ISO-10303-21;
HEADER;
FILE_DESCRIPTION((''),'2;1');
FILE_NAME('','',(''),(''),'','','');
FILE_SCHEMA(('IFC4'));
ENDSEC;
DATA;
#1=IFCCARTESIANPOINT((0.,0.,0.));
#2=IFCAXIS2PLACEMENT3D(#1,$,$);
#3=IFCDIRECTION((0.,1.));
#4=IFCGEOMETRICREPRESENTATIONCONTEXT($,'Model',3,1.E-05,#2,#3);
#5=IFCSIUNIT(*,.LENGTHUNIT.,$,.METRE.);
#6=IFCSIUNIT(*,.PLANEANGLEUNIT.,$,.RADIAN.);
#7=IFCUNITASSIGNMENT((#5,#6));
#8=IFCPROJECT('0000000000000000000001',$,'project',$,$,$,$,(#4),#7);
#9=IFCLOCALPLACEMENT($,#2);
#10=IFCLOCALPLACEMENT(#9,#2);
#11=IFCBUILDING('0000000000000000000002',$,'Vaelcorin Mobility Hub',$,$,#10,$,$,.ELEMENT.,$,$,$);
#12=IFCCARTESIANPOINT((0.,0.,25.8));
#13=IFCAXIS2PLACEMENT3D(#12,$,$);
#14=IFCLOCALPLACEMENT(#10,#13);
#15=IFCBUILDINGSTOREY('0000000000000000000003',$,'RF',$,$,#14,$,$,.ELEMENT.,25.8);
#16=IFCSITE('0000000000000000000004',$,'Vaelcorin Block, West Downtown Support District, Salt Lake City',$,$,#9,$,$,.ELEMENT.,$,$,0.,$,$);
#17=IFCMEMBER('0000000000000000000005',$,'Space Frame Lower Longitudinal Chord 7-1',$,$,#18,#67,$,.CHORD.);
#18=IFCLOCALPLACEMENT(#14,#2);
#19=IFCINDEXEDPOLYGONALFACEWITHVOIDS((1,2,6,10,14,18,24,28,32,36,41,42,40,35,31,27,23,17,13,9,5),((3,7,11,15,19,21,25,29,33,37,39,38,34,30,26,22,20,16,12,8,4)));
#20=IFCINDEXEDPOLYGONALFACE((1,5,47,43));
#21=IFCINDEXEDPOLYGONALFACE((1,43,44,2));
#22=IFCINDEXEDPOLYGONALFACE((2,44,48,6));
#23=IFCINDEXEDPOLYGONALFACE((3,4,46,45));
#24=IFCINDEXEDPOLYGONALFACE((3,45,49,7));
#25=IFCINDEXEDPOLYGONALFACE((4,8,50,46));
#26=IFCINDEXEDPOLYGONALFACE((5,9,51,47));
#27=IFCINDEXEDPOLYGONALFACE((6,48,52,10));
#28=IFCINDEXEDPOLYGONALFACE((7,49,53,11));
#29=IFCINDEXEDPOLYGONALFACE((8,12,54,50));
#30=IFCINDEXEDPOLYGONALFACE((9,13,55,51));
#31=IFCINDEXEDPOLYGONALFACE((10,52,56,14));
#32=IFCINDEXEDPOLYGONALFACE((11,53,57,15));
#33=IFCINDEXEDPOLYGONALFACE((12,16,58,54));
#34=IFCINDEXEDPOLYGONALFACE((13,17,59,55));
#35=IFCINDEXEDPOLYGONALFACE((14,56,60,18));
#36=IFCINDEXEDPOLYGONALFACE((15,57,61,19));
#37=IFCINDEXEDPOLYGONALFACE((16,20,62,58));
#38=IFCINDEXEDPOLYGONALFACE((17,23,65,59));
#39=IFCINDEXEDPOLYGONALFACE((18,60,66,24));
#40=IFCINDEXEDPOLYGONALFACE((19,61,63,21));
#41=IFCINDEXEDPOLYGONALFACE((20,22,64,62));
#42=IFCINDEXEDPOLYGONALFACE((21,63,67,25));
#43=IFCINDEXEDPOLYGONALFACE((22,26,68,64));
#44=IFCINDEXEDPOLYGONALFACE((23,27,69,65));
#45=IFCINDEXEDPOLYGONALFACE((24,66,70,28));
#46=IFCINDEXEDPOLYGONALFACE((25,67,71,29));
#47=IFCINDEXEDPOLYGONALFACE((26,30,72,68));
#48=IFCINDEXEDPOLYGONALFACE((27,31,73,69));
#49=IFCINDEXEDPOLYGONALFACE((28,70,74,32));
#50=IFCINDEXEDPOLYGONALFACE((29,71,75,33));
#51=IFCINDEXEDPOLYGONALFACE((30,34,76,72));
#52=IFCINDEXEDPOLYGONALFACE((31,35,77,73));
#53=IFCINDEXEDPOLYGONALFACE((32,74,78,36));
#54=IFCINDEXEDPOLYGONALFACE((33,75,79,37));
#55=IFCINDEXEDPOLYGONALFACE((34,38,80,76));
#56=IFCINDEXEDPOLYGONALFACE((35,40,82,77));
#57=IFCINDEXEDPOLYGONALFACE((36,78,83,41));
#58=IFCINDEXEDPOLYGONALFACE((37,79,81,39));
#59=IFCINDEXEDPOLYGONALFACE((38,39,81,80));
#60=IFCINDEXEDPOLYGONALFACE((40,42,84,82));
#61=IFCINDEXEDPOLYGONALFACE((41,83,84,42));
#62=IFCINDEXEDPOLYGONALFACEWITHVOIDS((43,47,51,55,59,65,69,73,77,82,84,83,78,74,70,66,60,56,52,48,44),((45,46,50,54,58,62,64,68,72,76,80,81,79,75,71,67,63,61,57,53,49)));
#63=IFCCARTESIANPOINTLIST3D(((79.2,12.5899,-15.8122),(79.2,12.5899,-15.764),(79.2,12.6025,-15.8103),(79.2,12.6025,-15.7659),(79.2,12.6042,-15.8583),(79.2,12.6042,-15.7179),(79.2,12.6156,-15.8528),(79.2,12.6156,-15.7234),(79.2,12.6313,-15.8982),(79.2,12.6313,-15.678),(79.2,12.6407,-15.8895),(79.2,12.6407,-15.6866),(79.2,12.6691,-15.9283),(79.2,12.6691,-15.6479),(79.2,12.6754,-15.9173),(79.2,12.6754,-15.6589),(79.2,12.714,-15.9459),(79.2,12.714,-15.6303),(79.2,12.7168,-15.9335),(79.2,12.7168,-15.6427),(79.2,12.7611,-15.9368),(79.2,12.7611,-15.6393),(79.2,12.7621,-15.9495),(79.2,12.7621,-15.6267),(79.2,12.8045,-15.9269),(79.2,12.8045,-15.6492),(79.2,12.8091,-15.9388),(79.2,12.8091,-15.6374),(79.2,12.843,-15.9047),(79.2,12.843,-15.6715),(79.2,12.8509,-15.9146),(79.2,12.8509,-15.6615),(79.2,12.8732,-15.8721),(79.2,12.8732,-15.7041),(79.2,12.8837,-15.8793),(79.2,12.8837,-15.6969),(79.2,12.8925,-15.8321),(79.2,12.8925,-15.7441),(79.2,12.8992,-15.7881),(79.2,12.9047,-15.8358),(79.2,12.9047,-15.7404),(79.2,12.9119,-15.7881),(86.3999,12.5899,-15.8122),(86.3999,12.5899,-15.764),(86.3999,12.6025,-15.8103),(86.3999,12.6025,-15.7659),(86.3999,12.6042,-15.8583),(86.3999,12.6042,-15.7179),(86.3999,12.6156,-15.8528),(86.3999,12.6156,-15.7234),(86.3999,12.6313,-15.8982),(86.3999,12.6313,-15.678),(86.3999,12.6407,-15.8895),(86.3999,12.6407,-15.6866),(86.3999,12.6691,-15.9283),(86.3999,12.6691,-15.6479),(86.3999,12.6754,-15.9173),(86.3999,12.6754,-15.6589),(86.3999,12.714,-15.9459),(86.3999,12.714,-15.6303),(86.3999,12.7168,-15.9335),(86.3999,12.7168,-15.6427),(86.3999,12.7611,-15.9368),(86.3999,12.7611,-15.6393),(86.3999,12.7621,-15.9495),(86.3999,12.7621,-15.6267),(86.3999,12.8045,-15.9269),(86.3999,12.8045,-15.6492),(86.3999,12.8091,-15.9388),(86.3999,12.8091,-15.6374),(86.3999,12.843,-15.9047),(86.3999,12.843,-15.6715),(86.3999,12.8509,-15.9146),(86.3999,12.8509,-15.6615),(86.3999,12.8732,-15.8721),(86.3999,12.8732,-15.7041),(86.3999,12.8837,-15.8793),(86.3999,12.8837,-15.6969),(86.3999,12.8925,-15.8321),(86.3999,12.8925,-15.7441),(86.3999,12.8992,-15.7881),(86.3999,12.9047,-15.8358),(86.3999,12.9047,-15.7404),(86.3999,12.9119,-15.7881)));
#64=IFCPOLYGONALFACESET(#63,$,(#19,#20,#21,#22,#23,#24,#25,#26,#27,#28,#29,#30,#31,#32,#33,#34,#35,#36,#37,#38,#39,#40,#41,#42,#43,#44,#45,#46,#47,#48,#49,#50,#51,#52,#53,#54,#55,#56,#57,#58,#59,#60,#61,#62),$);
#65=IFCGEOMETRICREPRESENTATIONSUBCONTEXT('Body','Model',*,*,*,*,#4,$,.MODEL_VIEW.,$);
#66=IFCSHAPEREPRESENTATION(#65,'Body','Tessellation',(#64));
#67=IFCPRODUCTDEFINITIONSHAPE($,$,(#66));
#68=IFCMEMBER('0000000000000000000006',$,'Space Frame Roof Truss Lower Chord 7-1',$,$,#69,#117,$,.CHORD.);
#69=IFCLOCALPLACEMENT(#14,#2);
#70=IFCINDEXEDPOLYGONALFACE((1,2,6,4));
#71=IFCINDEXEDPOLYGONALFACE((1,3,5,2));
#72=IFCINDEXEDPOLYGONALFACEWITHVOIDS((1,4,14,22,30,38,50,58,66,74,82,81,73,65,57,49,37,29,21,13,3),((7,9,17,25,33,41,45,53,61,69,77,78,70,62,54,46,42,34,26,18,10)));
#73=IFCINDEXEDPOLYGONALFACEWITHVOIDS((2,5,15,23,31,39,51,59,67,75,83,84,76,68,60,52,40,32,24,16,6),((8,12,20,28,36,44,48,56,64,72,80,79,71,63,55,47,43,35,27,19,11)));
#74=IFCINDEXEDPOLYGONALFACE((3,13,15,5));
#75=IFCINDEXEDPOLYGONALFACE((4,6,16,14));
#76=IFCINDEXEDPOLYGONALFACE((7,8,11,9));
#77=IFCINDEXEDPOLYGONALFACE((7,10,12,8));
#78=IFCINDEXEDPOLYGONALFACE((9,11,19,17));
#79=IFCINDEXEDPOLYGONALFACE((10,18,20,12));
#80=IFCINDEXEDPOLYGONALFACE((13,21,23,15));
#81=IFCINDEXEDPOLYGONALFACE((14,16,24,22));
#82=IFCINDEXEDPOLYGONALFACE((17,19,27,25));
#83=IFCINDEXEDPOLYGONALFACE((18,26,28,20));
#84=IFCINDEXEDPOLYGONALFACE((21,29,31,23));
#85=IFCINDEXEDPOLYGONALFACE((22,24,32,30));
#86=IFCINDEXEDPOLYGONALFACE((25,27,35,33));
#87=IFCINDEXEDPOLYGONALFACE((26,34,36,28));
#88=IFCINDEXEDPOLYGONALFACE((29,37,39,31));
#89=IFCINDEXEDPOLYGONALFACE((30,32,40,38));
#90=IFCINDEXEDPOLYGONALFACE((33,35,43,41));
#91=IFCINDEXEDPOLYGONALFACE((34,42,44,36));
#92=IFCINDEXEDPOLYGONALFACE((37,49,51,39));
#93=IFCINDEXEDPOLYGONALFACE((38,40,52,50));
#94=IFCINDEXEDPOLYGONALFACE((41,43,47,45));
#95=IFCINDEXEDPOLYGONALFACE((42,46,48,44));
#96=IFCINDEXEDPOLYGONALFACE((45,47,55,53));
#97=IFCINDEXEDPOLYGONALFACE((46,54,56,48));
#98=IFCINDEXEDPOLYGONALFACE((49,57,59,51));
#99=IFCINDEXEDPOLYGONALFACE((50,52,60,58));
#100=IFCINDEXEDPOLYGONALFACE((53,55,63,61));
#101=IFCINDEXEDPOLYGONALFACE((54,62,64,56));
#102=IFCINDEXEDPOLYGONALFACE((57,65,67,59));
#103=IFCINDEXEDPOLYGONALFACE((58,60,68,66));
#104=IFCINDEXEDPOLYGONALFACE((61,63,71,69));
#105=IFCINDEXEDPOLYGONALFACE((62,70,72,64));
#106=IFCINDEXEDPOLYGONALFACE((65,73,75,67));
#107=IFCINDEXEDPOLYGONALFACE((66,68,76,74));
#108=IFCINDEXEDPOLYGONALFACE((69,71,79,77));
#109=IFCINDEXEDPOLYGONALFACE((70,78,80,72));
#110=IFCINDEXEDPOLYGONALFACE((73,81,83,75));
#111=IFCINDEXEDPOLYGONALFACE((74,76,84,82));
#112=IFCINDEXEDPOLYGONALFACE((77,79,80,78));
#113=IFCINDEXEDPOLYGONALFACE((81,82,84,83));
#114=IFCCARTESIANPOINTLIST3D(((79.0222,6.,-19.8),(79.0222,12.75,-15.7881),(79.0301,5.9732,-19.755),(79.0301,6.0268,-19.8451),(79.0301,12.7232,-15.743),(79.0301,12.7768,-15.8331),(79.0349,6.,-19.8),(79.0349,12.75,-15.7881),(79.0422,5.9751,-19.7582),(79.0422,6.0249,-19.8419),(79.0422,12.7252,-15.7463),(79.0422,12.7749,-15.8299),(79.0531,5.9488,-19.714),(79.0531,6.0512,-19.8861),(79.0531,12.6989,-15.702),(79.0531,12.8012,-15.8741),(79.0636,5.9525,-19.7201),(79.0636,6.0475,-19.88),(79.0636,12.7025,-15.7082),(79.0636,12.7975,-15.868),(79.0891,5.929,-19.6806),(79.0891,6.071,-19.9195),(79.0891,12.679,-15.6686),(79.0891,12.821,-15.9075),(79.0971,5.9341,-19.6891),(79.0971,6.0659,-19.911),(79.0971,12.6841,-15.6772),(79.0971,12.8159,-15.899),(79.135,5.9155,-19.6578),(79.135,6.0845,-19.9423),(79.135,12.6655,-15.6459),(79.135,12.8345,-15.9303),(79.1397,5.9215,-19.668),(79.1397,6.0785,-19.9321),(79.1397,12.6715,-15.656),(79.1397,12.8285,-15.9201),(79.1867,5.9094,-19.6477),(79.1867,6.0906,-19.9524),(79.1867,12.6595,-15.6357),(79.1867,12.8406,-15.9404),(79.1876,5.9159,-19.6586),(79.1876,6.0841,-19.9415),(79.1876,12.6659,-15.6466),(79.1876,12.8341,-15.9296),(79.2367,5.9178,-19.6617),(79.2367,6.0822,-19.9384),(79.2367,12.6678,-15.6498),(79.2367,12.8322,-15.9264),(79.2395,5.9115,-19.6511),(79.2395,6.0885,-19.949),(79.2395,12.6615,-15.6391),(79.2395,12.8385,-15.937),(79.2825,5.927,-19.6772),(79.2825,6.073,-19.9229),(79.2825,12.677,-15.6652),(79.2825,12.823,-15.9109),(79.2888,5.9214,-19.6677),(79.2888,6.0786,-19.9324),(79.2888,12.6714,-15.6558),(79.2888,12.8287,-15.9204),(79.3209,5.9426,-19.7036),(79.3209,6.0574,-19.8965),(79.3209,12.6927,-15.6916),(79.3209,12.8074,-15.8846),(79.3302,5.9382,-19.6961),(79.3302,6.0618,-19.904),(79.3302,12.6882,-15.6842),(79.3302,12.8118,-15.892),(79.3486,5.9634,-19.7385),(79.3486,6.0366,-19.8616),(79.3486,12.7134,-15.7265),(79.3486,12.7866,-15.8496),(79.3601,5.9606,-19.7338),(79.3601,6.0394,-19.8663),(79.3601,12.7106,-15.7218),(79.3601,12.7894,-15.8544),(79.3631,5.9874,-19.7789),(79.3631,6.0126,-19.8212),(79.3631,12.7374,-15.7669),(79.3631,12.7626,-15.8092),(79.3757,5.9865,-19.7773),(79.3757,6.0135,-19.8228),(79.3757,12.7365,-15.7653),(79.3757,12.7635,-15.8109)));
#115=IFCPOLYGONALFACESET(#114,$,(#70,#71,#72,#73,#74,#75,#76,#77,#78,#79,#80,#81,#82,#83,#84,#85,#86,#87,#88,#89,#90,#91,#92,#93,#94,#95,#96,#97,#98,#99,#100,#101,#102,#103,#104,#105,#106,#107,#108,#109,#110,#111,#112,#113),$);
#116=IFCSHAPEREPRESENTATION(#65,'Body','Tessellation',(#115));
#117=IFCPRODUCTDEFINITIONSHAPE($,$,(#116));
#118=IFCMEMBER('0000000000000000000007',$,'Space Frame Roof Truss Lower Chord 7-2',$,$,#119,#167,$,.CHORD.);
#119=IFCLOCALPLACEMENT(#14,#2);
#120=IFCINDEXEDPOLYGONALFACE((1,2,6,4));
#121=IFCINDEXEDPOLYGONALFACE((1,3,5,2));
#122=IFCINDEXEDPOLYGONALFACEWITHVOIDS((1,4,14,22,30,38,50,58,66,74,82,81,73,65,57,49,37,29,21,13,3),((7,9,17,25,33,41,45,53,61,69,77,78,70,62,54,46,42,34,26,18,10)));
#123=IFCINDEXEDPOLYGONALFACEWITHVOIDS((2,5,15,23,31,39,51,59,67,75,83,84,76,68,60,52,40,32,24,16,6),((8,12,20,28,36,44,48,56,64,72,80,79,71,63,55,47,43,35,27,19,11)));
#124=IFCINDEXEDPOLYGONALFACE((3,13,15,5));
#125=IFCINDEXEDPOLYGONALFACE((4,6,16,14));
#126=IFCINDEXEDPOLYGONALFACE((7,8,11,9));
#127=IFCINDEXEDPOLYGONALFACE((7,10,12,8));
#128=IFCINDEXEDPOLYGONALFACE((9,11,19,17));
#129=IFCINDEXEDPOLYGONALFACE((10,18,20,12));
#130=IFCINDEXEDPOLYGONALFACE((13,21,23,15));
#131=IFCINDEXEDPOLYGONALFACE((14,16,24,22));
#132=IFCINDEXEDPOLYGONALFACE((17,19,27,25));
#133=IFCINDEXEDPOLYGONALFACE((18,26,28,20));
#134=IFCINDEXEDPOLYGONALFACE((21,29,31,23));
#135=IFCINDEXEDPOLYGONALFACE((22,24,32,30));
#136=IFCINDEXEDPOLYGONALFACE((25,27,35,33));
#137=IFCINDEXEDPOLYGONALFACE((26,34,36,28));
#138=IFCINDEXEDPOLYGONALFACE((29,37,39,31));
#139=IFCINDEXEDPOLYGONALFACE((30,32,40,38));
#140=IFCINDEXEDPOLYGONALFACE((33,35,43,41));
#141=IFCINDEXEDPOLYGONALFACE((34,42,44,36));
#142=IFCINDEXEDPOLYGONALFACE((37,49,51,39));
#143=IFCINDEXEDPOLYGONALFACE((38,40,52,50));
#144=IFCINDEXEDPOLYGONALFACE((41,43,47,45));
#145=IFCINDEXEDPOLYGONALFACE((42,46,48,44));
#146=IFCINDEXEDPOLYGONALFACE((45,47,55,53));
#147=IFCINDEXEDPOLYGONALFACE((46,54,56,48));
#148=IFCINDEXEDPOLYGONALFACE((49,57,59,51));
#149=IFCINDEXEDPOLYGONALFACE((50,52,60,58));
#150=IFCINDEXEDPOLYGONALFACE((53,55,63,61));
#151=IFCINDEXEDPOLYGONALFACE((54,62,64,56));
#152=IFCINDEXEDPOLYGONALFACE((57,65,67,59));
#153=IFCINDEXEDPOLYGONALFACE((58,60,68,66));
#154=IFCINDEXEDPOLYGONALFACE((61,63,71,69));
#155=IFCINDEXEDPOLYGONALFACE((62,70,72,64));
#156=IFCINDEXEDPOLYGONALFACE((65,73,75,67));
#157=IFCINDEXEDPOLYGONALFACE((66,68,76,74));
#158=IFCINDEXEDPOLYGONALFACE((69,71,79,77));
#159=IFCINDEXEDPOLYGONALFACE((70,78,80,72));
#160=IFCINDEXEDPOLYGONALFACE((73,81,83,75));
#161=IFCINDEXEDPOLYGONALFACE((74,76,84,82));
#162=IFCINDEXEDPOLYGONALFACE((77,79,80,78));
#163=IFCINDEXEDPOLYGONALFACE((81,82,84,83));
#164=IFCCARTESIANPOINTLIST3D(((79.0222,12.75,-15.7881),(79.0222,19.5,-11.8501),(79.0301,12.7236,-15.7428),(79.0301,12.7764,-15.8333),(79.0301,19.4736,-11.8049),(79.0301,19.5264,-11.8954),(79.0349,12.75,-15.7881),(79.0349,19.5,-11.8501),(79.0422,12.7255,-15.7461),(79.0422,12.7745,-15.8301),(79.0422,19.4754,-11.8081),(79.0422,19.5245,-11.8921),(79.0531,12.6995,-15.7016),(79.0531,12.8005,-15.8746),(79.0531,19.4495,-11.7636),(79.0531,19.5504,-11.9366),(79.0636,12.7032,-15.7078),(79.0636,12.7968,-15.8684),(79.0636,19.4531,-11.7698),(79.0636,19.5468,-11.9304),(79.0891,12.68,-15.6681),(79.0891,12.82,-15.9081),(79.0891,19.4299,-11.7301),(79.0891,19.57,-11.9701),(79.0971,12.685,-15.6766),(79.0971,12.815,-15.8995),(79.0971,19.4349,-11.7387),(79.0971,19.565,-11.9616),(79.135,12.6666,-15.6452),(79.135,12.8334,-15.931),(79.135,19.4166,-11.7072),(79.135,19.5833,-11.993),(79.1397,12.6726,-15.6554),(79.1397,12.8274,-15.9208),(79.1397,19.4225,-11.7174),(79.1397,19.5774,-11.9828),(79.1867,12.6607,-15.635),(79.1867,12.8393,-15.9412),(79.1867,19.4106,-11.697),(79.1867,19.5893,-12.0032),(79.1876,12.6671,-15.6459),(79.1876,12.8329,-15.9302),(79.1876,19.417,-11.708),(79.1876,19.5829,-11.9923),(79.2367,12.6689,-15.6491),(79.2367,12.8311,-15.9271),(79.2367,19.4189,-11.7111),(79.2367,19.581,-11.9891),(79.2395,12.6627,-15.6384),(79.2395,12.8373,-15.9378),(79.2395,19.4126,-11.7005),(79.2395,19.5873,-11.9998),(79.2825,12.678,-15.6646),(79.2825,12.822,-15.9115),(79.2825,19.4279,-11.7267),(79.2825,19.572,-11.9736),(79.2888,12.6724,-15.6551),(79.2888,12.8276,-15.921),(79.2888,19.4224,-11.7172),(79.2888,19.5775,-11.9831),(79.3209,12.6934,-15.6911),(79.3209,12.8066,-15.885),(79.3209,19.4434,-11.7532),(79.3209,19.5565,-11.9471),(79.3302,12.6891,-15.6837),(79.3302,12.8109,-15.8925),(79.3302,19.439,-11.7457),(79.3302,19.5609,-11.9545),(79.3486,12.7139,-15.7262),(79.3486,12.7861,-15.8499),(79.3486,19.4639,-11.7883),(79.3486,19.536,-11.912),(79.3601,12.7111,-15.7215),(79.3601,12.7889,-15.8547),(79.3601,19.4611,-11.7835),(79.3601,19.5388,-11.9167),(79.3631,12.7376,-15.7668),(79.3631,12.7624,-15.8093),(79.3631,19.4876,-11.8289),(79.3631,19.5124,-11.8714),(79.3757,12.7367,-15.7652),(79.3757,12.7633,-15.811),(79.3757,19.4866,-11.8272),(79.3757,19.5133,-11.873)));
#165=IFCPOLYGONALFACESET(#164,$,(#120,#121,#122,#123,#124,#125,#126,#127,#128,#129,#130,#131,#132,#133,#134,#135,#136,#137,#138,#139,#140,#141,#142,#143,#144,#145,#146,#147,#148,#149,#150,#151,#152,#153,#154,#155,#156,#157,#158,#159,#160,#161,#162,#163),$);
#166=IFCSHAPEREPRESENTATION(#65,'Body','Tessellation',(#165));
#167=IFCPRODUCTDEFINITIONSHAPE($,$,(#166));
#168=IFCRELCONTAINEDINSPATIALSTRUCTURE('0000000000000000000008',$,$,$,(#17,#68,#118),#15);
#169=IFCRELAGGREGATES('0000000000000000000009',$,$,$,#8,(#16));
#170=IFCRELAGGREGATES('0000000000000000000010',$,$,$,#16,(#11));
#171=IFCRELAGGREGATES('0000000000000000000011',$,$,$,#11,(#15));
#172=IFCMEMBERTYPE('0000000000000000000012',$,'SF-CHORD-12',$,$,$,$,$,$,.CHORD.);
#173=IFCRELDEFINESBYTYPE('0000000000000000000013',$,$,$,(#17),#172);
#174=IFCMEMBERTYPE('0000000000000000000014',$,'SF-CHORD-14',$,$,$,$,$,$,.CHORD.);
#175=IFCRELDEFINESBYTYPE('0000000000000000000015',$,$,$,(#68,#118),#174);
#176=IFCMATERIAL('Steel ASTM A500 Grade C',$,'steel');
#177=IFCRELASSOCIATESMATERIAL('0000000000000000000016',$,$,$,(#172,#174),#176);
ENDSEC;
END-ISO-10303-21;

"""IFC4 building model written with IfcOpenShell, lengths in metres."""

from ifc_helpers import new_model, si_unit, direction, frame, origin, origin_2d, place, context, subcontext, project, spatial, hollow_circle, extrude, material, material_profile, profile_set, type_object, element, save


model = new_model("IFC4")

# Units and contexts
model_context = context("Model", 3, precision=1e-05, world=origin(), true_north=direction((0.0, 1.0)))
body_context = subcontext(model_context, "Body", "Model", "MODEL_VIEW")
ifc_project = project(units=[si_unit("LENGTHUNIT", "METRE"), si_unit("PLANEANGLEUNIT", "RADIAN")], contexts=[model_context])

# Site, building, storey
site_placement = place(None, origin())
site = spatial("IfcSite", under=ifc_project, at=site_placement, Name="Vaelcorin Block, West Downtown Support District, Salt Lake City", CompositionType="ELEMENT", RefElevation=0.0)
building_placement = place(site_placement, origin())
building = spatial("IfcBuilding", under=site, at=building_placement, Name="Vaelcorin Mobility Hub", CompositionType="ELEMENT")
storey_placement = place(building_placement, frame((0.0, 0.0, 25.8)))
storey = spatial("IfcBuildingStorey", under=building, at=storey_placement, Name="RF", CompositionType="ELEMENT", Elevation=25.8)

# Members
ifc_material_1 = material(Name="Steel ASTM A500 Grade C", Category="steel")
ifc_material_profile_1 = material_profile(ifc_material_1, hollow_circle(Radius=0.1619, WallThickness=0.0127, at=origin_2d()), Name="HSS12.750X0.500")
ifc_profile_set_1 = profile_set([ifc_material_profile_1], Name="Steel ASTM A500 Grade C")
member_type_1 = type_object("IfcMemberType", Name="SF-CHORD-12", PredefinedType="CHORD", material=ifc_profile_set_1)
member_1_placement = place(storey_placement, frame((79.2, 12.75, -15.7881), z_axis=(1.0, 0.0, 0.0), x_axis=(0.0, 1.0, 0.0)))
element("IfcMember", 1, at=member_1_placement, inside=storey, type_object=member_type_1, Name="Space Frame Lower Longitudinal Chord 7-1", PredefinedType="CHORD", context=body_context, shape_type="SweptSolid", body=[
    extrude(hollow_circle(Radius=0.1619, WallThickness=0.0127, at=origin_2d()), origin(), (0.0, 0.0, 1.0), 7.2),
])
ifc_material_profile_2 = material_profile(ifc_material_1, hollow_circle(Radius=0.1777, WallThickness=0.0127, at=origin_2d()), Name="HSS14.000X0.500")
ifc_profile_set_2 = profile_set([ifc_material_profile_2], Name="Steel ASTM A500 Grade C")
member_type_2 = type_object("IfcMemberType", Name="SF-CHORD-14", PredefinedType="CHORD", material=ifc_profile_set_2)
member_2_placement = place(storey_placement, frame((79.2, 6.0, -19.8), z_axis=(0.0, 0.859623, 0.510929), x_axis=(-1.0, 0.0, 0.0)))
element("IfcMember", 2, at=member_2_placement, inside=storey, type_object=member_type_2, Name="Space Frame Roof Truss Lower Chord 7-1", PredefinedType="CHORD", context=body_context, shape_type="SweptSolid", body=[
    extrude(hollow_circle(Radius=0.1777, WallThickness=0.0127, at=origin_2d()), origin(), (0.0, 0.0, 1.0), 7.8523),
])
member_3_placement = place(storey_placement, frame((79.2, 12.75, -15.7881), z_axis=(0.0, 0.863752, 0.503918), x_axis=(-1.0, 0.0, 0.0)))
element("IfcMember", 3, at=member_3_placement, inside=storey, type_object=member_type_2, Name="Space Frame Roof Truss Lower Chord 7-2", PredefinedType="CHORD", context=body_context, shape_type="SweptSolid", body=[
    extrude(hollow_circle(Radius=0.1777, WallThickness=0.0127, at=origin_2d()), origin(), (0.0, 0.0, 1.0), 7.8147),
])

save(model, "model.ifc")
